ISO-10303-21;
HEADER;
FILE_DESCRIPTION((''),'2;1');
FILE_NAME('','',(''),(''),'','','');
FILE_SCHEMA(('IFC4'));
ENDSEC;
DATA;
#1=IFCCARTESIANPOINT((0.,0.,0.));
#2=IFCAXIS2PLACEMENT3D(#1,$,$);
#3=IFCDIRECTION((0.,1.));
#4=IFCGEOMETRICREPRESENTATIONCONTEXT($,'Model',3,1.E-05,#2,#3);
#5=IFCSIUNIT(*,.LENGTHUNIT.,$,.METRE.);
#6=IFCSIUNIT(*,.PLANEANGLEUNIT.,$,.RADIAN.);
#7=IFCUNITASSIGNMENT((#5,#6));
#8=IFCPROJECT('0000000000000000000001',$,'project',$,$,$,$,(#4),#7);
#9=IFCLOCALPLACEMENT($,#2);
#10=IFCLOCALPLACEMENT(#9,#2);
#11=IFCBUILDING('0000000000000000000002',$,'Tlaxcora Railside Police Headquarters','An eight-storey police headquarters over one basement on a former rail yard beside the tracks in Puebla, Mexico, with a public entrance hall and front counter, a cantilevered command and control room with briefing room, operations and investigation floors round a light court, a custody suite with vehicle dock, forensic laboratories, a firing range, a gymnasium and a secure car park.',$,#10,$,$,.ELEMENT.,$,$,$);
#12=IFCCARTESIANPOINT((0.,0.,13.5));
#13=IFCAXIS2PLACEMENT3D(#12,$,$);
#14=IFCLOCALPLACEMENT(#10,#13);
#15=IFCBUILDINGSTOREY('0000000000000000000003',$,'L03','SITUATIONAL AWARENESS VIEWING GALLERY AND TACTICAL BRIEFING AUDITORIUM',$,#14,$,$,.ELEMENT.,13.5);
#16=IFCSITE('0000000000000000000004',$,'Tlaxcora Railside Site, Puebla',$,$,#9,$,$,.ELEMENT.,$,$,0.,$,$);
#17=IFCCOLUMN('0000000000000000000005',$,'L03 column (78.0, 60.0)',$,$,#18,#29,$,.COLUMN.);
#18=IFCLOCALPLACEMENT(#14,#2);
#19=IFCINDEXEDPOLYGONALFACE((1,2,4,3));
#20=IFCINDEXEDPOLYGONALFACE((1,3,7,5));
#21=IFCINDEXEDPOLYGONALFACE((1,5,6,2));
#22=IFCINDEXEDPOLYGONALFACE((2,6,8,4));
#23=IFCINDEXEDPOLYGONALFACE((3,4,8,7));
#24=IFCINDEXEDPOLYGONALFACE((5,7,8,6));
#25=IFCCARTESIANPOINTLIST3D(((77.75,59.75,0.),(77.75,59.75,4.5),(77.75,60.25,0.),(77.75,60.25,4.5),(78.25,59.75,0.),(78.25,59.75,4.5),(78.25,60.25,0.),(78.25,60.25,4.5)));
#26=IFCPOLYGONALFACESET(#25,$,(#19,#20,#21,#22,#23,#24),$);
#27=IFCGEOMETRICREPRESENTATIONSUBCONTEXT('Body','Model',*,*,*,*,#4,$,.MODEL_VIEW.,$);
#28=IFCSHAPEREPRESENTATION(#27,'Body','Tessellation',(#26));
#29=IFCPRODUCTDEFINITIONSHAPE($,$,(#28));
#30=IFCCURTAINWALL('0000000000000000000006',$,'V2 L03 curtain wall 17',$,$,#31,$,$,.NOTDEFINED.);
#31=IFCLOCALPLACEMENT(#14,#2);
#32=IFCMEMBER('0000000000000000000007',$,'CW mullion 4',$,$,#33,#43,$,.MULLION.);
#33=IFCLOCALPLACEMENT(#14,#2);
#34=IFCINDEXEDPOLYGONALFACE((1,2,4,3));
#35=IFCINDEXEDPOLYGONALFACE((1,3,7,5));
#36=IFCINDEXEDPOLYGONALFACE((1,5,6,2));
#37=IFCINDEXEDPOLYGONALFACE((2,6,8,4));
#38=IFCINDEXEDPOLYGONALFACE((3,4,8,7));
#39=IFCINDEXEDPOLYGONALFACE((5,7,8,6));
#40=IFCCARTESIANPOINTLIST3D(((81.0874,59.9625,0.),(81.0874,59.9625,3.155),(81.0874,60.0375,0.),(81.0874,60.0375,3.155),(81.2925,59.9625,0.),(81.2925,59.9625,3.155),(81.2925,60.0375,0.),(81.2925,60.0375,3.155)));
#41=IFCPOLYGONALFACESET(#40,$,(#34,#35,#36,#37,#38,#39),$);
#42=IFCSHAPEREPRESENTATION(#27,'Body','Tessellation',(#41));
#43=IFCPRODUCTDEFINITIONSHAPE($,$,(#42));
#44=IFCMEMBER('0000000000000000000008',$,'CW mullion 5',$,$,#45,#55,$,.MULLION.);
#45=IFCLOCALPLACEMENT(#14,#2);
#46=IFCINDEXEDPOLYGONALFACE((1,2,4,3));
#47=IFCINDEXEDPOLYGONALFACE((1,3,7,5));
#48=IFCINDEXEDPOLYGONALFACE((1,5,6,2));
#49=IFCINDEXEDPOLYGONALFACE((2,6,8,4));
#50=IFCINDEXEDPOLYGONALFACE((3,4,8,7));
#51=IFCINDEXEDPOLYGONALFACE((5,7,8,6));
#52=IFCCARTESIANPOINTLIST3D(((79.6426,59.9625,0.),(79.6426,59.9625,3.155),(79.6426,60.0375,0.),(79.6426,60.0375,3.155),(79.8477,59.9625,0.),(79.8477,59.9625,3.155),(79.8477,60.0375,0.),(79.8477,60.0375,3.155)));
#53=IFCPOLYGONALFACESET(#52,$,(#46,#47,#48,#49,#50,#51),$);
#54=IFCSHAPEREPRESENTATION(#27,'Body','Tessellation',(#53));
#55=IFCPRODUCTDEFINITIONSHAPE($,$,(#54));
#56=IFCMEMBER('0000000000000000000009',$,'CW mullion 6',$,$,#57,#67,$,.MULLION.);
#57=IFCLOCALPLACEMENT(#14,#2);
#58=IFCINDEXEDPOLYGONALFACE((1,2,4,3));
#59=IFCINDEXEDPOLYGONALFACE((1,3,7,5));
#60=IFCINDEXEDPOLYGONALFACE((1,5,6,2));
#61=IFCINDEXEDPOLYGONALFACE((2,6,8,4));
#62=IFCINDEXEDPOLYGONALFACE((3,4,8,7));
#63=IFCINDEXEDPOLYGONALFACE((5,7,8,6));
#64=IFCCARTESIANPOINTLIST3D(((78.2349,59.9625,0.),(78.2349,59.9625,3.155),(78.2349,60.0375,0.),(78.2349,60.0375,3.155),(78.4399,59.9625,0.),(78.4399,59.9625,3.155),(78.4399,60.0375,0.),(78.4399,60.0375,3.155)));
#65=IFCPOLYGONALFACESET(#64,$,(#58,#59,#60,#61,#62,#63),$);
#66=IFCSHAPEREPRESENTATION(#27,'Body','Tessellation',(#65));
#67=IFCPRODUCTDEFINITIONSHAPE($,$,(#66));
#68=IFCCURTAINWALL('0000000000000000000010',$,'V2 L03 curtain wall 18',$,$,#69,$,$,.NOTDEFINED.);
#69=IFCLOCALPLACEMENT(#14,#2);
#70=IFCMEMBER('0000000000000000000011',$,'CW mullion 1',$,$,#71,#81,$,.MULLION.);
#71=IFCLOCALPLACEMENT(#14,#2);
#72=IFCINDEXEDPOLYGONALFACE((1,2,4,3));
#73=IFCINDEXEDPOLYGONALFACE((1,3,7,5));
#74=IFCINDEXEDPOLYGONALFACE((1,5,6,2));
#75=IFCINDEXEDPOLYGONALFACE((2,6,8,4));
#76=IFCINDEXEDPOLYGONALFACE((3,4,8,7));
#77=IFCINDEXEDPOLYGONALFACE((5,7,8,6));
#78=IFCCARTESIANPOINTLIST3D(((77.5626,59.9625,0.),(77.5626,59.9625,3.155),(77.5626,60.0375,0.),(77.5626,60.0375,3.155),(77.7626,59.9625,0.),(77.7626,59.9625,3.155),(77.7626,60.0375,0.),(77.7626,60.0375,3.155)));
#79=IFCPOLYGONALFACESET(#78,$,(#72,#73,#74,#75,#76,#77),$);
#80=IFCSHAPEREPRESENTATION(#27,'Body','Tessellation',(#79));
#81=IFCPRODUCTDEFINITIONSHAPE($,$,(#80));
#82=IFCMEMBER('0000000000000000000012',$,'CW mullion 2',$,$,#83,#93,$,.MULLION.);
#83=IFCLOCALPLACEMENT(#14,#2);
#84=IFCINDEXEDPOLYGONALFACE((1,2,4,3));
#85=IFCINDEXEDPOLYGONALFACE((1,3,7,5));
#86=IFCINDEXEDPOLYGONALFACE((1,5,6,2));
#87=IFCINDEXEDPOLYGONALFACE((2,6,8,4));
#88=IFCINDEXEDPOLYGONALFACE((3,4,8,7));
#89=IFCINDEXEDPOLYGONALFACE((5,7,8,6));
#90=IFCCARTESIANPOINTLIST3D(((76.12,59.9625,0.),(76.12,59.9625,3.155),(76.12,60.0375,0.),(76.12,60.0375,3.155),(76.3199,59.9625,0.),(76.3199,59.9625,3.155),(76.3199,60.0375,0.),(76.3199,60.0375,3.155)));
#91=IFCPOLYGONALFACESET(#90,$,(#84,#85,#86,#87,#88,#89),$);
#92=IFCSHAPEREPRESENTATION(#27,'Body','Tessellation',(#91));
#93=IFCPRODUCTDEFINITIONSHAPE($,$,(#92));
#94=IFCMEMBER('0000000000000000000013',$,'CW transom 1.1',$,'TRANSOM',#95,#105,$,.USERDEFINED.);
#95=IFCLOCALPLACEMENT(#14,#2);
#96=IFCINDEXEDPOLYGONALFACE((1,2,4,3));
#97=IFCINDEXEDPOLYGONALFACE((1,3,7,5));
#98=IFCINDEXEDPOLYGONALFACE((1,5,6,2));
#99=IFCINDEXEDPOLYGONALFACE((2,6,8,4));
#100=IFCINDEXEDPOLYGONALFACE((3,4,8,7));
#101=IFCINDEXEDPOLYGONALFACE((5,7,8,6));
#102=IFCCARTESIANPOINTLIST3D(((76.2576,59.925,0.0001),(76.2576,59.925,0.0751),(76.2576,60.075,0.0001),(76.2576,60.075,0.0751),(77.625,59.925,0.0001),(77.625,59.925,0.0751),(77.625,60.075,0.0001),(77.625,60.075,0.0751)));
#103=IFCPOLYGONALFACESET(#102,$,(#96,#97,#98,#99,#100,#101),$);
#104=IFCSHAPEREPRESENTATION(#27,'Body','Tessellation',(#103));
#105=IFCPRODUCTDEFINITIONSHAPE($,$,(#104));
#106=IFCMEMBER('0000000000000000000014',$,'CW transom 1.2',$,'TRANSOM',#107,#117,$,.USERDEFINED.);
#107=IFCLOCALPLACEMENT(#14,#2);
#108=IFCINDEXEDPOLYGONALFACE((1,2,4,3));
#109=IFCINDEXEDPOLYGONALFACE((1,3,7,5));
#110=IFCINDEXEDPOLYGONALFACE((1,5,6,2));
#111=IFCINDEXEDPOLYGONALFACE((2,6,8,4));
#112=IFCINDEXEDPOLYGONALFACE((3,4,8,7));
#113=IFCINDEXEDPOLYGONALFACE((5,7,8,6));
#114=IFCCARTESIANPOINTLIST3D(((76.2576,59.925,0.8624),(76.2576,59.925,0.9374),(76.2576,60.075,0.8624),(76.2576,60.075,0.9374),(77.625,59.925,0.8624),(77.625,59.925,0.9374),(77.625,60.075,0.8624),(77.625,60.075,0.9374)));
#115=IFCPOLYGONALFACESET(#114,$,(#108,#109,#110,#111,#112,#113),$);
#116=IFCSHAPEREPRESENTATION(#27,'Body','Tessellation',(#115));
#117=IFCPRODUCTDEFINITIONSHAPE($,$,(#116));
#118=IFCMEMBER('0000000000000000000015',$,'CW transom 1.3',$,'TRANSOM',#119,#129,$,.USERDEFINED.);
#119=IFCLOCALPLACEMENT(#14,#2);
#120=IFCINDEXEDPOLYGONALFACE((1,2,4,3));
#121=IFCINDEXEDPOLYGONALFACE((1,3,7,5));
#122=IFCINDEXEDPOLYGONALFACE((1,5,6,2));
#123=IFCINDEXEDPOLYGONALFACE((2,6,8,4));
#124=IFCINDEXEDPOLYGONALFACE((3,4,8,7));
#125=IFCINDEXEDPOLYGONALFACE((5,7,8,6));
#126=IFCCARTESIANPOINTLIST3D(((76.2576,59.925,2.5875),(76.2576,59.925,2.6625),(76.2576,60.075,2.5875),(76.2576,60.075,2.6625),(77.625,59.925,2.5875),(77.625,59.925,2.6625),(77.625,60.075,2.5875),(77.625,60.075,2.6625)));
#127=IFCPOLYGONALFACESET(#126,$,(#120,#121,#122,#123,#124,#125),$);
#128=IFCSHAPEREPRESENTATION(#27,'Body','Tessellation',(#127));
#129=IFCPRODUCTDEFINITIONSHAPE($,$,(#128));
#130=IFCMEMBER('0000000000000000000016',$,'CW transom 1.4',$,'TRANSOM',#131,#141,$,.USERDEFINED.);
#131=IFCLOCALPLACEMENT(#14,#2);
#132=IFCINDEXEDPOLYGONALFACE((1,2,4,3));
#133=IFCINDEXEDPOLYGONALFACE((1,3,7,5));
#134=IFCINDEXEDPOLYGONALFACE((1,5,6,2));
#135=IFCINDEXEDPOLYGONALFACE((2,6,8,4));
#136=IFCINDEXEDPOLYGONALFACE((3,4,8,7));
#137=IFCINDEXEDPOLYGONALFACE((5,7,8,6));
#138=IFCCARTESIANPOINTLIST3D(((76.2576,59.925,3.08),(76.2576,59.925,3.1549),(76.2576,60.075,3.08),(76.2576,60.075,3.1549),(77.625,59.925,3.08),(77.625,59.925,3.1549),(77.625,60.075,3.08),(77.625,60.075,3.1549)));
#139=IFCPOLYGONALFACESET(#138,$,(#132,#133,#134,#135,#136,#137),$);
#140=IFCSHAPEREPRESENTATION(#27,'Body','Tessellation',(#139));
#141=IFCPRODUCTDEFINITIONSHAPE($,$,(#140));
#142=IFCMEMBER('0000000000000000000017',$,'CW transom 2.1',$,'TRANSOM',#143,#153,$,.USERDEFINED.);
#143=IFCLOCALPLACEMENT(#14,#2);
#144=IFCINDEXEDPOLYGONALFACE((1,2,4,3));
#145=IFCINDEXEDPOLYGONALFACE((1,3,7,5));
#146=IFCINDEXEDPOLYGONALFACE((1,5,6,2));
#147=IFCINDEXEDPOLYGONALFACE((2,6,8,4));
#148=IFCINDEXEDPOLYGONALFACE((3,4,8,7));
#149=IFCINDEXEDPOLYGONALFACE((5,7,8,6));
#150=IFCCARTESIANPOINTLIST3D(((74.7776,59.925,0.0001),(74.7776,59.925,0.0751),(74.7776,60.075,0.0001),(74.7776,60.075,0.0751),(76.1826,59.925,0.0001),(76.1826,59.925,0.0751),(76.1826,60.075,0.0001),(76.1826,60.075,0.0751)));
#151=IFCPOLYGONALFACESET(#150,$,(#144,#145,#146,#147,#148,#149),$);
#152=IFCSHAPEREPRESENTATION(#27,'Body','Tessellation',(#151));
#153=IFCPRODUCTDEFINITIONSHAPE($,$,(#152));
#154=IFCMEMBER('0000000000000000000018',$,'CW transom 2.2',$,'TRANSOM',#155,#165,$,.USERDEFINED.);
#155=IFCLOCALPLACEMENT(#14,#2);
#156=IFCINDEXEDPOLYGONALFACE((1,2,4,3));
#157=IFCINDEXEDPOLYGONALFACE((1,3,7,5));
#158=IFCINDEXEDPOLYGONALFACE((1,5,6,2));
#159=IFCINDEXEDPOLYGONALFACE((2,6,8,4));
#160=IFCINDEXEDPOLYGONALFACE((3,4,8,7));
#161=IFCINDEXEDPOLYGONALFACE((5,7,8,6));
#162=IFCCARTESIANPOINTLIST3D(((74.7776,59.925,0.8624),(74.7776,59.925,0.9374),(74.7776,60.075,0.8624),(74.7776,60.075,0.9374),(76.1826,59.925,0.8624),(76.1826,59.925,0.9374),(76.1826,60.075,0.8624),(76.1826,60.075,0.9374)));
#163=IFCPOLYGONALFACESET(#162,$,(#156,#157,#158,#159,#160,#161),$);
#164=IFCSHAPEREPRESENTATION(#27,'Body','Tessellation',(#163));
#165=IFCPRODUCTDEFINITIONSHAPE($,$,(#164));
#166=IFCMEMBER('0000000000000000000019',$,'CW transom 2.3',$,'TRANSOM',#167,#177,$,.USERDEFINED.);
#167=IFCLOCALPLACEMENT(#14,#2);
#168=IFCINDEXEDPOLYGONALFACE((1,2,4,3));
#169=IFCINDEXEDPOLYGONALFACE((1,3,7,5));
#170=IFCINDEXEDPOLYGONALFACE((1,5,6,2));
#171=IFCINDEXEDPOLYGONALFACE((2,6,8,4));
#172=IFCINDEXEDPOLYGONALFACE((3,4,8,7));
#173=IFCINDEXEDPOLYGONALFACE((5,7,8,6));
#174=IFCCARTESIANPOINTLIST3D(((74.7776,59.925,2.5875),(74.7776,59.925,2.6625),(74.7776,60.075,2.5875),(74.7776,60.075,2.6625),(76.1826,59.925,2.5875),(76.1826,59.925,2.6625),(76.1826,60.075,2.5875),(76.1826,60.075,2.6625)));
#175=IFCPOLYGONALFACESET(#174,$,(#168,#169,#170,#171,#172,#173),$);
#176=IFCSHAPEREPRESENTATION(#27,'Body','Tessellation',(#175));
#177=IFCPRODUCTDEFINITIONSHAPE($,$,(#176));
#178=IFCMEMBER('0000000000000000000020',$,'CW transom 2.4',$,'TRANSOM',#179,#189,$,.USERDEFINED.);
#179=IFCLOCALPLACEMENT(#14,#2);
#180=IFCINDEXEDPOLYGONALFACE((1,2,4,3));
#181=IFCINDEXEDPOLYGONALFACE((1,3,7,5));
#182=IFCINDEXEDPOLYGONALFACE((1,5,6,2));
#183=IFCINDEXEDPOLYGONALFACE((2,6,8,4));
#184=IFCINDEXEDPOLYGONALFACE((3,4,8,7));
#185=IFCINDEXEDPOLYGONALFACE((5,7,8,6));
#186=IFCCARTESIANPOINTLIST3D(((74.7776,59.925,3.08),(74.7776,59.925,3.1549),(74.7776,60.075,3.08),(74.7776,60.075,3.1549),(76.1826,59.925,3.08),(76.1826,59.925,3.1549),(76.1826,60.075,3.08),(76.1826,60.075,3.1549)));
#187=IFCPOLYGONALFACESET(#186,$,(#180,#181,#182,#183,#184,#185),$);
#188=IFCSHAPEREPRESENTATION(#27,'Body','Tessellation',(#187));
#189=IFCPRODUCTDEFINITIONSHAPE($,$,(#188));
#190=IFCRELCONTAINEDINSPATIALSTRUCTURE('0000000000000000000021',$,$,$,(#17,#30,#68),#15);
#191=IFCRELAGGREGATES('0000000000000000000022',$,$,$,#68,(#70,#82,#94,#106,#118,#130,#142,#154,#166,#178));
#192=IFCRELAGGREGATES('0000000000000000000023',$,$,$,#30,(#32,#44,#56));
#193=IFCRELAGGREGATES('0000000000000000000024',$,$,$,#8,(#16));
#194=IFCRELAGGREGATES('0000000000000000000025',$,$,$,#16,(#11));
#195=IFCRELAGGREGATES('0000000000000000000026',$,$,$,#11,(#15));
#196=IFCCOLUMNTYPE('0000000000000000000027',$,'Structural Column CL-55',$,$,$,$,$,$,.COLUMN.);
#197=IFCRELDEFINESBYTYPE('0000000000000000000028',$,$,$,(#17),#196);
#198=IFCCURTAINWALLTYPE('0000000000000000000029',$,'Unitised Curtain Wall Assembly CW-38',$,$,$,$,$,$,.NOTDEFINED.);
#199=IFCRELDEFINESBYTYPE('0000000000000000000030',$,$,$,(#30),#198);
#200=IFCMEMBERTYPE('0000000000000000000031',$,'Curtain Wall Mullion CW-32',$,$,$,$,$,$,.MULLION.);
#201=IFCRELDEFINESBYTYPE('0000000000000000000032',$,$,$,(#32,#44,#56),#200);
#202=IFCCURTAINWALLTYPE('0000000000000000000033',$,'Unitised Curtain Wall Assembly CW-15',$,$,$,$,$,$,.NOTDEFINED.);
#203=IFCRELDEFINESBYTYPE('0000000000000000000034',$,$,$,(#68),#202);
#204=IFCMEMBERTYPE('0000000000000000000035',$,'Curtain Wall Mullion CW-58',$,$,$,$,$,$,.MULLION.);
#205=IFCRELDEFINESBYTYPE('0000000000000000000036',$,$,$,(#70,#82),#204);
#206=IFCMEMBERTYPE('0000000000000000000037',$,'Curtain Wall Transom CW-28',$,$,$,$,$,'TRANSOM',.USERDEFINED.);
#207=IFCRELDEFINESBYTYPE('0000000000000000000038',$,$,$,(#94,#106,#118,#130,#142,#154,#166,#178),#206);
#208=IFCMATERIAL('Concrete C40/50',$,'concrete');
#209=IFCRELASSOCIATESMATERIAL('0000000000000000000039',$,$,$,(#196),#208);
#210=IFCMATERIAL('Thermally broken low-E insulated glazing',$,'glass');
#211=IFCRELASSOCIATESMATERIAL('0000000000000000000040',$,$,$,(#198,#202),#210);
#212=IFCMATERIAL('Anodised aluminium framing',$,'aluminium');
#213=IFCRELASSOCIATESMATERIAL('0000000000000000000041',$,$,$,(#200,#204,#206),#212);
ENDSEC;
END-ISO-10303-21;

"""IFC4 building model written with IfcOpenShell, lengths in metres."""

from ifc_helpers import new_model, si_unit, direction, frame, origin, origin_2d, place, context, subcontext, project, spatial, rectangle, extrude, material, material_profile, profile_set, type_object, element, aggregate, save


model = new_model("IFC4")

# Units and contexts
model_context = context("Model", 3, precision=1e-05, world=origin(), true_north=direction((0.0, 1.0)))
body_context = subcontext(model_context, "Body", "Model", "MODEL_VIEW")
ifc_project = project(units=[si_unit("LENGTHUNIT", "METRE"), si_unit("PLANEANGLEUNIT", "RADIAN")], contexts=[model_context])

# Site, building, storey
site_placement = place(None, origin())
site = spatial("IfcSite", under=ifc_project, at=site_placement, Name="Tlaxcora Railside Site, Puebla", CompositionType="ELEMENT", RefElevation=0.0)
building_placement = place(site_placement, origin())
building = spatial("IfcBuilding", under=site, at=building_placement, Name="Tlaxcora Railside Police Headquarters", Description="An eight-storey police headquarters over one basement on a former rail yard beside the tracks in Puebla, Mexico, with a public entrance hall and front counter, a cantilevered command and control room with briefing room, operations and investigation floors round a light court, a custody suite with vehicle dock, forensic laboratories, a firing range, a gymnasium and a secure car park.", CompositionType="ELEMENT")
storey_placement = place(building_placement, frame((0.0, 0.0, 13.5)))
storey = spatial("IfcBuildingStorey", under=building, at=storey_placement, Name="L03", Description="SITUATIONAL AWARENESS VIEWING GALLERY AND TACTICAL BRIEFING AUDITORIUM", CompositionType="ELEMENT", Elevation=13.5)

# Column
ifc_material_1 = material(Name="Concrete C40/50", Category="concrete")
ifc_material_profile_1 = material_profile(ifc_material_1, rectangle(XDim=0.5, YDim=0.5, at=origin_2d()), Name="RC500X500")
ifc_profile_set_1 = profile_set([ifc_material_profile_1], Name="Concrete C40/50")
column_type = type_object("IfcColumnType", Name="Structural Column CL-55", PredefinedType="COLUMN", material=ifc_profile_set_1)
column_placement = place(storey_placement, frame((78.0, 60.0, 0.0), z_axis=(0.0, 0.0, 1.0), x_axis=(1.0, 0.0, 0.0)))
element("IfcColumn", 1, at=column_placement, inside=storey, type_object=column_type, Name="L03 column (78.0, 60.0)", PredefinedType="COLUMN", context=body_context, shape_type="SweptSolid", body=[
    extrude(rectangle(XDim=0.5, YDim=0.5, at=origin_2d()), origin(), (0.0, 0.0, 1.0), 4.5),
])

# Curtain walls, members
ifc_material_2 = material(Name="Thermally broken low-E insulated glazing", Category="glass")
curtain_wall_type_1 = type_object("IfcCurtainWallType", Name="Unitised Curtain Wall Assembly CW-38", PredefinedType="NOTDEFINED", material=ifc_material_2)
curtain_wall_1_placement = place(storey_placement, origin())
curtain_wall_1 = element("IfcCurtainWall", 2, at=curtain_wall_1_placement, inside=storey, type_object=curtain_wall_type_1, Name="V2 L03 curtain wall 17", PredefinedType="NOTDEFINED")
ifc_material_3 = material(Name="Anodised aluminium framing", Category="aluminium")
ifc_material_profile_2 = material_profile(ifc_material_3, rectangle(XDim=0.075, YDim=0.2051, at=origin_2d()), Name="AL75X205")
ifc_profile_set_2 = profile_set([ifc_material_profile_2], Name="Anodised aluminium framing")
member_type_1 = type_object("IfcMemberType", Name="Curtain Wall Mullion CW-32", PredefinedType="MULLION", material=ifc_profile_set_2)
member_1_placement = place(storey_placement, frame((81.1899, 60.0, 0.0), z_axis=(0.0, 0.0, 1.0), x_axis=(0.0, -1.0, 0.0)))
member_1 = element("IfcMember", 3, at=member_1_placement, type_object=member_type_1, Name="CW mullion 4", PredefinedType="MULLION", context=body_context, shape_type="SweptSolid", body=[
    extrude(rectangle(XDim=0.075, YDim=0.2051, at=origin_2d()), origin(), (0.0, 0.0, 1.0), 3.155),
])
member_2_placement = place(storey_placement, frame((79.7451, 60.0, 0.0), z_axis=(0.0, 0.0, 1.0), x_axis=(0.0, -1.0, 0.0)))
member_2 = element("IfcMember", 4, at=member_2_placement, type_object=member_type_1, Name="CW mullion 5", PredefinedType="MULLION", context=body_context, shape_type="SweptSolid", body=[
    extrude(rectangle(XDim=0.075, YDim=0.2051, at=origin_2d()), origin(), (0.0, 0.0, 1.0), 3.155),
])
member_3_placement = place(storey_placement, frame((78.3374, 60.0, 0.0), z_axis=(0.0, 0.0, 1.0), x_axis=(0.0, -1.0, 0.0)))
member_3 = element("IfcMember", 5, at=member_3_placement, type_object=member_type_1, Name="CW mullion 6", PredefinedType="MULLION", context=body_context, shape_type="SweptSolid", body=[
    extrude(rectangle(XDim=0.075, YDim=0.2051, at=origin_2d()), origin(), (0.0, 0.0, 1.0), 3.155),
])
curtain_wall_type_2 = type_object("IfcCurtainWallType", Name="Unitised Curtain Wall Assembly CW-15", PredefinedType="NOTDEFINED", material=ifc_material_2)
curtain_wall_2_placement = place(storey_placement, origin())
curtain_wall_2 = element("IfcCurtainWall", 6, at=curtain_wall_2_placement, inside=storey, type_object=curtain_wall_type_2, Name="V2 L03 curtain wall 18", PredefinedType="NOTDEFINED")
ifc_material_profile_3 = material_profile(ifc_material_3, rectangle(XDim=0.075, YDim=0.2, at=origin_2d()), Name="AL75X200")
ifc_profile_set_3 = profile_set([ifc_material_profile_3], Name="Anodised aluminium framing")
member_type_2 = type_object("IfcMemberType", Name="Curtain Wall Mullion CW-58", PredefinedType="MULLION", material=ifc_profile_set_3)
member_4_placement = place(storey_placement, frame((77.6626, 60.0, 0.0), z_axis=(0.0, 0.0, 1.0), x_axis=(0.0, -1.0, 0.0)))
member_4 = element("IfcMember", 7, at=member_4_placement, type_object=member_type_2, Name="CW mullion 1", PredefinedType="MULLION", context=body_context, shape_type="SweptSolid", body=[
    extrude(rectangle(XDim=0.075, YDim=0.2, at=origin_2d()), origin(), (0.0, 0.0, 1.0), 3.155),
])
member_5_placement = place(storey_placement, frame((76.22, 60.0, 0.0), z_axis=(0.0, 0.0, 1.0), x_axis=(0.0, -1.0, 0.0)))
member_5 = element("IfcMember", 8, at=member_5_placement, type_object=member_type_2, Name="CW mullion 2", PredefinedType="MULLION", context=body_context, shape_type="SweptSolid", body=[
    extrude(rectangle(XDim=0.075, YDim=0.2, at=origin_2d()), origin(), (0.0, 0.0, 1.0), 3.155),
])
ifc_material_profile_4 = material_profile(ifc_material_3, rectangle(XDim=0.1499, YDim=0.075, at=origin_2d()), Name="AL75X150")
ifc_profile_set_4 = profile_set([ifc_material_profile_4], Name="Anodised aluminium framing")
member_type_3 = type_object("IfcMemberType", Name="Curtain Wall Transom CW-28", ElementType="TRANSOM", PredefinedType="USERDEFINED", material=ifc_profile_set_4)
member_6_placement = place(storey_placement, frame((77.625, 60.0, 0.0376), z_axis=(-1.0, 0.0, 0.0), x_axis=(0.0, -1.0, 0.0)))
member_6 = element("IfcMember", 9, at=member_6_placement, type_object=member_type_3, Name="CW transom 1.1", ObjectType="TRANSOM", PredefinedType="USERDEFINED", context=body_context, shape_type="SweptSolid", body=[
    extrude(rectangle(XDim=0.1499, YDim=0.075, at=origin_2d()), origin(), (0.0, 0.0, 1.0), 1.3674),
])
member_7_placement = place(storey_placement, frame((77.625, 60.0, 0.8999), z_axis=(-1.0, 0.0, 0.0), x_axis=(0.0, -1.0, 0.0)))
member_7 = element("IfcMember", 10, at=member_7_placement, type_object=member_type_3, Name="CW transom 1.2", ObjectType="TRANSOM", PredefinedType="USERDEFINED", context=body_context, shape_type="SweptSolid", body=[
    extrude(rectangle(XDim=0.1499, YDim=0.075, at=origin_2d()), origin(), (0.0, 0.0, 1.0), 1.3674),
])
member_8_placement = place(storey_placement, frame((77.625, 60.0, 2.625), z_axis=(-1.0, 0.0, 0.0), x_axis=(0.0, -1.0, 0.0)))
member_8 = element("IfcMember", 11, at=member_8_placement, type_object=member_type_3, Name="CW transom 1.3", ObjectType="TRANSOM", PredefinedType="USERDEFINED", context=body_context, shape_type="SweptSolid", body=[
    extrude(rectangle(XDim=0.1499, YDim=0.075, at=origin_2d()), origin(), (0.0, 0.0, 1.0), 1.3674),
])
member_9_placement = place(storey_placement, frame((77.625, 60.0, 3.1174), z_axis=(-1.0, 0.0, 0.0), x_axis=(0.0, -1.0, 0.0)))
member_9 = element("IfcMember", 12, at=member_9_placement, type_object=member_type_3, Name="CW transom 1.4", ObjectType="TRANSOM", PredefinedType="USERDEFINED", context=body_context, shape_type="SweptSolid", body=[
    extrude(rectangle(XDim=0.1499, YDim=0.075, at=origin_2d()), origin(), (0.0, 0.0, 1.0), 1.3674),
])
member_10_placement = place(storey_placement, frame((76.1826, 60.0, 0.0376), z_axis=(-1.0, 0.0, 0.0), x_axis=(0.0, -1.0, 0.0)))
member_10 = element("IfcMember", 13, at=member_10_placement, type_object=member_type_3, Name="CW transom 2.1", ObjectType="TRANSOM", PredefinedType="USERDEFINED", context=body_context, shape_type="SweptSolid", body=[
    extrude(rectangle(XDim=0.1499, YDim=0.075, at=origin_2d()), origin(), (0.0, 0.0, 1.0), 1.405),
])
member_11_placement = place(storey_placement, frame((76.1826, 60.0, 0.8999), z_axis=(-1.0, 0.0, 0.0), x_axis=(0.0, -1.0, 0.0)))
member_11 = element("IfcMember", 14, at=member_11_placement, type_object=member_type_3, Name="CW transom 2.2", ObjectType="TRANSOM", PredefinedType="USERDEFINED", context=body_context, shape_type="SweptSolid", body=[
    extrude(rectangle(XDim=0.1499, YDim=0.075, at=origin_2d()), origin(), (0.0, 0.0, 1.0), 1.405),
])
member_12_placement = place(storey_placement, frame((76.1826, 60.0, 2.625), z_axis=(-1.0, 0.0, 0.0), x_axis=(0.0, -1.0, 0.0)))
member_12 = element("IfcMember", 15, at=member_12_placement, type_object=member_type_3, Name="CW transom 2.3", ObjectType="TRANSOM", PredefinedType="USERDEFINED", context=body_context, shape_type="SweptSolid", body=[
    extrude(rectangle(XDim=0.1499, YDim=0.075, at=origin_2d()), origin(), (0.0, 0.0, 1.0), 1.405),
])
member_13_placement = place(storey_placement, frame((76.1826, 60.0, 3.1174), z_axis=(-1.0, 0.0, 0.0), x_axis=(0.0, -1.0, 0.0)))
member_13 = element("IfcMember", 16, at=member_13_placement, type_object=member_type_3, Name="CW transom 2.4", ObjectType="TRANSOM", PredefinedType="USERDEFINED", context=body_context, shape_type="SweptSolid", body=[
    extrude(rectangle(XDim=0.1499, YDim=0.075, at=origin_2d()), origin(), (0.0, 0.0, 1.0), 1.405),
])

aggregate(curtain_wall_2, [member_4, member_5, member_6, member_7, member_8, member_9, member_10, member_11, member_12, member_13])
aggregate(curtain_wall_1, [member_1, member_2, member_3])

save(model, "model.ifc")
